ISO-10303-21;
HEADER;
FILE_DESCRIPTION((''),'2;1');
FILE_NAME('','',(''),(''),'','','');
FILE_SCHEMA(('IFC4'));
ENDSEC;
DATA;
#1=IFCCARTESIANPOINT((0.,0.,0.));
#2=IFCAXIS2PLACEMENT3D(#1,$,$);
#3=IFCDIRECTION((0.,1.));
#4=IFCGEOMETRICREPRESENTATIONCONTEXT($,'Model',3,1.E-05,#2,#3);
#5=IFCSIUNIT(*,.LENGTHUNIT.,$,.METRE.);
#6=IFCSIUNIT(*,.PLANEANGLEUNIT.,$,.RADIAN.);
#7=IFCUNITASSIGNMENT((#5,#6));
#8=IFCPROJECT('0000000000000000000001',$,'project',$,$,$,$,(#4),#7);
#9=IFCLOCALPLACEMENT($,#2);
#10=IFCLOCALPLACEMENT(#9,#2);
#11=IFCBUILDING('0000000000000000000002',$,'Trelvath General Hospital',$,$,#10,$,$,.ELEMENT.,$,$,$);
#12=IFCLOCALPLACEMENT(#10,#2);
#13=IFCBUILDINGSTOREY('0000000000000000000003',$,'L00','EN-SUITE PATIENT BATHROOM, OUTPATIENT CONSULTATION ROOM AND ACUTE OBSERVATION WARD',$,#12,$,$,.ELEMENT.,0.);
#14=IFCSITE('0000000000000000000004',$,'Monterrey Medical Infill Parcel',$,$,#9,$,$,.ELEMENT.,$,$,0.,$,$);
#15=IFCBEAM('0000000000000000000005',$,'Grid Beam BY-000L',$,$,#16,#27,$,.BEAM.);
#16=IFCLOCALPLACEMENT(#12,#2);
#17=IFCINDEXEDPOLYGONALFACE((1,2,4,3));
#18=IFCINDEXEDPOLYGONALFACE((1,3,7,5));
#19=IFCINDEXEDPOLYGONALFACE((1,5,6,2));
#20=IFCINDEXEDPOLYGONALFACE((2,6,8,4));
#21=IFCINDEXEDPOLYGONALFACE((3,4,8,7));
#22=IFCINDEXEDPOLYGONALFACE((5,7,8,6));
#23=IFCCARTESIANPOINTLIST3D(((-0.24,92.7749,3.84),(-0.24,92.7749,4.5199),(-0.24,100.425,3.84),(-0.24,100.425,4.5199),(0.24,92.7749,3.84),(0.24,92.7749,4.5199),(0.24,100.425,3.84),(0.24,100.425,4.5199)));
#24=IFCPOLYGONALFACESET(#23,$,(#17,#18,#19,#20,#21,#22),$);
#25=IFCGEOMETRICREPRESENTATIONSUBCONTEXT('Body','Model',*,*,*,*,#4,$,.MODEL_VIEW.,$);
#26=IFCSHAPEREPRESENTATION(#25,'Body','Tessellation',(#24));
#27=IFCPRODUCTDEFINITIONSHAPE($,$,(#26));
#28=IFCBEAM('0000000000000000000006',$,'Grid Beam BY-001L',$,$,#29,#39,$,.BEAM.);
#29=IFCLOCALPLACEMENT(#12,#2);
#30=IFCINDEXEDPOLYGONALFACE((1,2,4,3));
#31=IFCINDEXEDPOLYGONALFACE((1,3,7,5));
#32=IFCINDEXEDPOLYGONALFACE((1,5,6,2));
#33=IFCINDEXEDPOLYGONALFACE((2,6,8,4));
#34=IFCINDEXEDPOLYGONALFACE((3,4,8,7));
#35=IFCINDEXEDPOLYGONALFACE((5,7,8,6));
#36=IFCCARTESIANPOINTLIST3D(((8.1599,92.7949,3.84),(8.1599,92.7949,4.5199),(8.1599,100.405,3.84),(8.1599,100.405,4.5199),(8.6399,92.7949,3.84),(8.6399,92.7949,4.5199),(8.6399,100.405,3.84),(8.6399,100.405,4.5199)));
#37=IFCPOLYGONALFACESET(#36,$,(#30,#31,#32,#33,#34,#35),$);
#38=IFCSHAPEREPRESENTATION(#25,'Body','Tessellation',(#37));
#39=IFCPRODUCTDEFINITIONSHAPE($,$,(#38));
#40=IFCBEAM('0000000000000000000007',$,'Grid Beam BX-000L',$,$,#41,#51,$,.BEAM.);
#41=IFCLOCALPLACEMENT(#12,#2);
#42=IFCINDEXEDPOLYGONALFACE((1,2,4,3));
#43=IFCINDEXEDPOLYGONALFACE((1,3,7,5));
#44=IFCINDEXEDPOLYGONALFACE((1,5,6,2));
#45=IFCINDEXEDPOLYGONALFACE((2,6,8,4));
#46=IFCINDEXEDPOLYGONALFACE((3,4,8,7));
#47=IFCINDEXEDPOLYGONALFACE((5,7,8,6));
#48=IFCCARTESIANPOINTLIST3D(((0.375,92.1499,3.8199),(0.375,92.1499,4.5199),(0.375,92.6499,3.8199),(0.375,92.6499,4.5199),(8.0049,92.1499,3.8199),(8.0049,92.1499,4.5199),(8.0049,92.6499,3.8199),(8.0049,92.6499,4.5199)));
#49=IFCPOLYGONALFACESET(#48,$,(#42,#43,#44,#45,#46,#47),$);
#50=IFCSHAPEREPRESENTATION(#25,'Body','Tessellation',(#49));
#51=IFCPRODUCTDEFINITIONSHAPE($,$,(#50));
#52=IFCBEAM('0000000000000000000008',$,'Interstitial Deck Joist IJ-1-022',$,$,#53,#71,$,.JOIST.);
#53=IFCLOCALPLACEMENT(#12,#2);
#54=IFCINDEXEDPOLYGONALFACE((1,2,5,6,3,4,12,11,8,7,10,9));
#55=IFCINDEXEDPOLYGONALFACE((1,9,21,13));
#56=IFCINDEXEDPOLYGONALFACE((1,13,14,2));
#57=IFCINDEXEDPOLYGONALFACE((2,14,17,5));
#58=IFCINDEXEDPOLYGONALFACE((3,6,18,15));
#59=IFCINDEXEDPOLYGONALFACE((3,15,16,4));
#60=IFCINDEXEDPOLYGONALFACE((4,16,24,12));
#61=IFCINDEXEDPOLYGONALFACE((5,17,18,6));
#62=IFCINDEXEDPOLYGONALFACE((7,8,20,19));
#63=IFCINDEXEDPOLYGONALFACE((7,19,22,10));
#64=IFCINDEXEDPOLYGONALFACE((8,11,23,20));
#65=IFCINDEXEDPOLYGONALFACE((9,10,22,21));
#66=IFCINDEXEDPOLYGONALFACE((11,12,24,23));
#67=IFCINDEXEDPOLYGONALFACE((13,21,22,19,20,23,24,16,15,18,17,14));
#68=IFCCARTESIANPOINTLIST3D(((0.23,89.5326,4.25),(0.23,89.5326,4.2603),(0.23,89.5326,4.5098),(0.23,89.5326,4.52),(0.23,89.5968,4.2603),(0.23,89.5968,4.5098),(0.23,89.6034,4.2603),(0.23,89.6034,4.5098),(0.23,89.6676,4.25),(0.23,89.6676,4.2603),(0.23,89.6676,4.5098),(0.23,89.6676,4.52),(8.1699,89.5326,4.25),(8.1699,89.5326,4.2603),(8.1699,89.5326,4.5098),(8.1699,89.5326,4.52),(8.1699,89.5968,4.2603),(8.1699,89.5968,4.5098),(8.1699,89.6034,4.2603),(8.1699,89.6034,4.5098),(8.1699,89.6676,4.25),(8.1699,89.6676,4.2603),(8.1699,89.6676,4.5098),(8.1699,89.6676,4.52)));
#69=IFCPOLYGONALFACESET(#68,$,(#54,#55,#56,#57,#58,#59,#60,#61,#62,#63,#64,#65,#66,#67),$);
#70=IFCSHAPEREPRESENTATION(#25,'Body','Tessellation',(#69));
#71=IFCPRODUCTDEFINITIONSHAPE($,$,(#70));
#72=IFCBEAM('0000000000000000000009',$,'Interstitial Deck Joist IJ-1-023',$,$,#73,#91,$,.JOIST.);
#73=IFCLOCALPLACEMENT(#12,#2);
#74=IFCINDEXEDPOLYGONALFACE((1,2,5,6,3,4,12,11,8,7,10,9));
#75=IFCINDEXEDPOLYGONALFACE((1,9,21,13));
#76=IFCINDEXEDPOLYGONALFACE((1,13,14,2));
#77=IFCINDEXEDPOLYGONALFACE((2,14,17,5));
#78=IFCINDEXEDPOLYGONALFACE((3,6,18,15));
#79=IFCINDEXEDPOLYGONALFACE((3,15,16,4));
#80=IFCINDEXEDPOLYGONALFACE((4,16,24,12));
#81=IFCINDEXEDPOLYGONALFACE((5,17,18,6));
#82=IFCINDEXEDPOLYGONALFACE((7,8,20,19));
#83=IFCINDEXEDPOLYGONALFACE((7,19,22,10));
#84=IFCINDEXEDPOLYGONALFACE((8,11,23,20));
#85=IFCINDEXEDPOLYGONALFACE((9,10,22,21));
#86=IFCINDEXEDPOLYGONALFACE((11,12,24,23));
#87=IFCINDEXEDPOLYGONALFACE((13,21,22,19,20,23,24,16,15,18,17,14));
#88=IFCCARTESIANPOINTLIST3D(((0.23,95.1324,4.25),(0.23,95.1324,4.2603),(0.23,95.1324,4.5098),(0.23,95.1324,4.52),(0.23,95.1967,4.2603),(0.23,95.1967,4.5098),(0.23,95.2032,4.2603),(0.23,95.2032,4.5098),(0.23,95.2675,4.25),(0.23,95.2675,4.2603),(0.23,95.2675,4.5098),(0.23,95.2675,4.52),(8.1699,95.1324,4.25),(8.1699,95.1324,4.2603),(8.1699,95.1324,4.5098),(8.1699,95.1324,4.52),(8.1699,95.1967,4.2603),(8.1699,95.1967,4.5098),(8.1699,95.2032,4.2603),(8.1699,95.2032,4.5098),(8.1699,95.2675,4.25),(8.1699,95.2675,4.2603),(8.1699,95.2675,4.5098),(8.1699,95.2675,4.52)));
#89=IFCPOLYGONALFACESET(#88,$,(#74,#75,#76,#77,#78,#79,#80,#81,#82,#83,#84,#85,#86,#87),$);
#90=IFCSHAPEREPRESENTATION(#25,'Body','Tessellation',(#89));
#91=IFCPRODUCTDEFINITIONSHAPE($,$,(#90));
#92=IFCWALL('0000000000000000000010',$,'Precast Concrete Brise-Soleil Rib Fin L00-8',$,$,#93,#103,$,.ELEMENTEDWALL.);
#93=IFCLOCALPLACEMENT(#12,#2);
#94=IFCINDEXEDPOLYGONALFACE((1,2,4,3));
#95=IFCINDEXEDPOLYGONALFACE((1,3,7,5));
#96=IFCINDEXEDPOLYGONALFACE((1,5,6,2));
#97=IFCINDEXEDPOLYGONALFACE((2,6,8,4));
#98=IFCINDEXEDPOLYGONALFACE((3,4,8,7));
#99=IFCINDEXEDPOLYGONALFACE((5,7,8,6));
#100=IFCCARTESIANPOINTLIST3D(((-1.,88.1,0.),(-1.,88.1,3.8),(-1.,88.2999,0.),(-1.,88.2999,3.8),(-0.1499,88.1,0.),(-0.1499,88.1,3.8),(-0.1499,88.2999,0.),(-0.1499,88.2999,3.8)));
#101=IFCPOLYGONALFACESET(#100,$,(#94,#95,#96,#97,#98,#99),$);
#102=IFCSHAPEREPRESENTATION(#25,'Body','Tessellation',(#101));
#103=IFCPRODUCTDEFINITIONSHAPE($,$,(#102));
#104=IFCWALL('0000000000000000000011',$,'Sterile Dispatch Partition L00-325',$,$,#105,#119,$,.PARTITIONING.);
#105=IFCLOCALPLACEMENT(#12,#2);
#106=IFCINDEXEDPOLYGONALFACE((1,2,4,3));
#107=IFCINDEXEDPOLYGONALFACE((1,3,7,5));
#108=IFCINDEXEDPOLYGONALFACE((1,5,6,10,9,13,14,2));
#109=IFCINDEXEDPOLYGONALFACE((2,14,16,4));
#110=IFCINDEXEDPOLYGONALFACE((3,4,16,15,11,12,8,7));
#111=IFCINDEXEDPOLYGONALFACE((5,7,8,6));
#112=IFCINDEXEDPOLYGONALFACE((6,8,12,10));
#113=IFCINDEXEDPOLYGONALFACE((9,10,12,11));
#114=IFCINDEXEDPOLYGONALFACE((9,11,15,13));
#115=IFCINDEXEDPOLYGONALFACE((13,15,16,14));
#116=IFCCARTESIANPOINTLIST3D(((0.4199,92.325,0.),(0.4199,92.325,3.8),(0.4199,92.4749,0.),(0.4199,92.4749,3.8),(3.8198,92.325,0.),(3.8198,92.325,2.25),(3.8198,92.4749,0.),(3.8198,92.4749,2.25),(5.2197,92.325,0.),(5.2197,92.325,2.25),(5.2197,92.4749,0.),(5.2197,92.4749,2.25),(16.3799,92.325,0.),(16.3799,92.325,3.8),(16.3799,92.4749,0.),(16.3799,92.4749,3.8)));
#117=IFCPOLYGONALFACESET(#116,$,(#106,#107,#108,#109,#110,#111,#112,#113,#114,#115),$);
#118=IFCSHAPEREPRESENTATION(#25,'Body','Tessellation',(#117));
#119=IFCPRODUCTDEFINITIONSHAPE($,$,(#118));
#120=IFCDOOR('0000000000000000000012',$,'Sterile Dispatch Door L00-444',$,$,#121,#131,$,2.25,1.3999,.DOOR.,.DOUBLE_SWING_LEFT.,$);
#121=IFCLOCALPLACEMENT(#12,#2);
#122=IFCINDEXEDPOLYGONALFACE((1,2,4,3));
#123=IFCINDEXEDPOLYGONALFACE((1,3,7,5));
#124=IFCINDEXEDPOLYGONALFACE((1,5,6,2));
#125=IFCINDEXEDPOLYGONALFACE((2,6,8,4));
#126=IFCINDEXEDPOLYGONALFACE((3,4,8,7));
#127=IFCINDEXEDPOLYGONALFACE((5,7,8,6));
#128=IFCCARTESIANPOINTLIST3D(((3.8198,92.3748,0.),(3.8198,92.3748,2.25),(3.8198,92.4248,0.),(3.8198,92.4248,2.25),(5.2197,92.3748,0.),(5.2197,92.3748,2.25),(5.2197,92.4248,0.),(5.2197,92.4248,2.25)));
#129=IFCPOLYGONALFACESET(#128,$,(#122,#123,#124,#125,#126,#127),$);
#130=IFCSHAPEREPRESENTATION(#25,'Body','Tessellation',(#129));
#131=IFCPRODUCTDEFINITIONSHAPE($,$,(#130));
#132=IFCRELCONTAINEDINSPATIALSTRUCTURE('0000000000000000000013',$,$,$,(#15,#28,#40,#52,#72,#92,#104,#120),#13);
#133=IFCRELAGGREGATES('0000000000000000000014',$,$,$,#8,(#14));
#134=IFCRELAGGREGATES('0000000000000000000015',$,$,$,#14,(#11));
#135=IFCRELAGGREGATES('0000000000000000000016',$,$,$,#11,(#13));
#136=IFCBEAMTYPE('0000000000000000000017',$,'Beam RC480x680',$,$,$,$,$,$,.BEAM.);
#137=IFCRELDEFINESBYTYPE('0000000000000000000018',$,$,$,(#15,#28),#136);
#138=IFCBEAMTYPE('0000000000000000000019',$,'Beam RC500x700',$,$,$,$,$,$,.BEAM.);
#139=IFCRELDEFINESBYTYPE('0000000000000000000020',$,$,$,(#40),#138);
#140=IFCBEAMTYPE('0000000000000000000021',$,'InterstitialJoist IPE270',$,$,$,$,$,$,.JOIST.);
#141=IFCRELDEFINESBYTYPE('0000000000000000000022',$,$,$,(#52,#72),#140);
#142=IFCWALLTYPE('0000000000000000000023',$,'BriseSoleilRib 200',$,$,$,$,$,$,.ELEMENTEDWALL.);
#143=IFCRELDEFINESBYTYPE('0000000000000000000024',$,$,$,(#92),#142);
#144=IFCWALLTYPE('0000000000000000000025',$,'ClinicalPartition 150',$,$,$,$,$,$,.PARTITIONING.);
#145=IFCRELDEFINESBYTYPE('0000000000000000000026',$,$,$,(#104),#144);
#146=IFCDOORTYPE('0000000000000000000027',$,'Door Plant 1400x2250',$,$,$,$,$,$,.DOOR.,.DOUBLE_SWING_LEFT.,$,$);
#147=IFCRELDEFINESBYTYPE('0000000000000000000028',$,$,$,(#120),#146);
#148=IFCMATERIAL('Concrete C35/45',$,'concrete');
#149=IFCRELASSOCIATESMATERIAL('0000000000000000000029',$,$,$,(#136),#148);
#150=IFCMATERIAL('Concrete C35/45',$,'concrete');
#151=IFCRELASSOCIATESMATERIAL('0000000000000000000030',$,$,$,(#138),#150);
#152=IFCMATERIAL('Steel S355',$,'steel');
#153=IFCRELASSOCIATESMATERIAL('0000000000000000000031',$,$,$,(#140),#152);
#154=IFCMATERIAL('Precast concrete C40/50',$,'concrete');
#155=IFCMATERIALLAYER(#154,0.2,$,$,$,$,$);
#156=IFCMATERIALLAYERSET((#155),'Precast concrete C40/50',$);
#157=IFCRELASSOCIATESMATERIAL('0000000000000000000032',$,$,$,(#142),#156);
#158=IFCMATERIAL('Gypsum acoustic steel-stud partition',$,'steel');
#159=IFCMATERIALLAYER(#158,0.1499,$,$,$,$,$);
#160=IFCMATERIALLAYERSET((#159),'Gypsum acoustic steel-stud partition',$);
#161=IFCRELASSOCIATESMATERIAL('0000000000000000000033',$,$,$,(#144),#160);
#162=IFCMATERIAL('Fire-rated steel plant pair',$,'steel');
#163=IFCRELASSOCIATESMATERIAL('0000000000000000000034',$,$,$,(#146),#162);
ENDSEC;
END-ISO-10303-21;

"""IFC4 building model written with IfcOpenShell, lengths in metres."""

from ifc_helpers import new_model, si_unit, direction, frame, frame_2d, origin, origin_2d, place, context, subcontext, project, spatial, rectangle, i_section, extrude, material, layer, layer_set, material_profile, profile_set, type_object, element, fill, save


model = new_model("IFC4")

# Units and contexts
model_context = context("Model", 3, precision=1e-05, world=origin(), true_north=direction((0.0, 1.0)))
body_context = subcontext(model_context, "Body", "Model", "MODEL_VIEW")
ifc_project = project(units=[si_unit("LENGTHUNIT", "METRE"), si_unit("PLANEANGLEUNIT", "RADIAN")], contexts=[model_context])

# Site, building, storey
site_placement = place(None, origin())
site = spatial("IfcSite", under=ifc_project, at=site_placement, Name="Monterrey Medical Infill Parcel", CompositionType="ELEMENT", RefElevation=0.0)
building_placement = place(site_placement, origin())
building = spatial("IfcBuilding", under=site, at=building_placement, Name="Trelvath General Hospital", CompositionType="ELEMENT")
storey_placement = place(building_placement, origin())
storey = spatial("IfcBuildingStorey", under=building, at=storey_placement, Name="L00", Description="EN-SUITE PATIENT BATHROOM, OUTPATIENT CONSULTATION ROOM AND ACUTE OBSERVATION WARD", CompositionType="ELEMENT", Elevation=0.0)

# Beams
ifc_material_1 = material(Name="Concrete C35/45", Category="concrete")
ifc_material_profile_1 = material_profile(ifc_material_1, rectangle(XDim=0.48, YDim=0.6799, at=origin_2d()), Name="RCB480x680")
ifc_profile_set_1 = profile_set([ifc_material_profile_1], Name="Concrete C35/45")
beam_type_1 = type_object("IfcBeamType", Name="Beam RC480x680", PredefinedType="BEAM", material=ifc_profile_set_1)
beam_1_placement = place(storey_placement, frame((0.0, 92.7749, 4.1799), z_axis=(0.0, 1.0, 0.0), x_axis=(-1.0, 0.0, 0.0)))
element("IfcBeam", 1, at=beam_1_placement, inside=storey, type_object=beam_type_1, Name="Grid Beam BY-000L", PredefinedType="BEAM", context=body_context, shape_type="SweptSolid", body=[
    extrude(rectangle(XDim=0.48, YDim=0.6799, at=origin_2d()), origin(), (0.0, 0.0, 1.0), 7.6501),
])
beam_2_placement = place(storey_placement, frame((8.3999, 92.7949, 4.1799), z_axis=(0.0, 1.0, 0.0), x_axis=(-1.0, 0.0, 0.0)))
element("IfcBeam", 2, at=beam_2_placement, inside=storey, type_object=beam_type_1, Name="Grid Beam BY-001L", PredefinedType="BEAM", context=body_context, shape_type="SweptSolid", body=[
    extrude(rectangle(XDim=0.48, YDim=0.6799, at=origin_2d()), origin(), (0.0, 0.0, 1.0), 7.6101),
])
ifc_material_2 = material(Name="Concrete C35/45", Category="concrete")
ifc_material_profile_2 = material_profile(ifc_material_2, rectangle(XDim=0.5, YDim=0.7, at=origin_2d()), Name="RCB500x700")
ifc_profile_set_2 = profile_set([ifc_material_profile_2], Name="Concrete C35/45")
beam_type_2 = type_object("IfcBeamType", Name="Beam RC500x700", PredefinedType="BEAM", material=ifc_profile_set_2)
beam_3_placement = place(storey_placement, frame((0.375, 92.3999, 4.1699), z_axis=(1.0, 0.0, 0.0), x_axis=(0.0, 1.0, 0.0)))
element("IfcBeam", 3, at=beam_3_placement, inside=storey, type_object=beam_type_2, Name="Grid Beam BX-000L", PredefinedType="BEAM", context=body_context, shape_type="SweptSolid", body=[
    extrude(rectangle(XDim=0.5, YDim=0.7, at=origin_2d()), origin(), (0.0, 0.0, 1.0), 7.6299),
])
ifc_material_3 = material(Name="Steel S355", Category="steel")
ifc_material_profile_3 = material_profile(ifc_material_3, i_section(OverallWidth=0.135, OverallDepth=0.27, WebThickness=0.0066, FlangeThickness=0.0103, at=origin_2d()), Name="IPE270")
ifc_profile_set_3 = profile_set([ifc_material_profile_3], Name="Steel S355")
beam_type_3 = type_object("IfcBeamType", Name="InterstitialJoist IPE270", PredefinedType="JOIST", material=ifc_profile_set_3)
for number, where, z_axis, x_axis, name in (
    (4, (0.23, 89.6001, 4.385), (1.0, 0.0, 0.0), (0.0, 1.0, 0.0), "Interstitial Deck Joist IJ-1-022"),
    (5, (0.23, 95.2, 4.385), (1.0, 0.0, 0.0), (0.0, 1.0, 0.0), "Interstitial Deck Joist IJ-1-023"),
):
    element("IfcBeam", number, at=place(storey_placement, frame(where, z_axis=z_axis, x_axis=x_axis)), inside=storey, type_object=beam_type_3, Name=name, PredefinedType="JOIST", context=body_context, shape_type="SweptSolid", body=[
        extrude(i_section(OverallWidth=0.135, OverallDepth=0.27, WebThickness=0.0066, FlangeThickness=0.0103, at=origin_2d()), origin(), (0.0, 0.0, 1.0), 7.9399),
    ])

# Wall
ifc_material_4 = material(Name="Precast concrete C40/50", Category="concrete")
ifc_layer_1 = layer(ifc_material_4, 0.2)
ifc_layer_set_1 = layer_set([ifc_layer_1], Name="Precast concrete C40/50")
wall_type_1 = type_object("IfcWallType", Name="BriseSoleilRib 200", PredefinedType="ELEMENTEDWALL", material=ifc_layer_set_1)
wall_1_placement = place(storey_placement, frame((-0.1499, 88.2, 0.0), z_axis=(0.0, 0.0, 1.0), x_axis=(-1.0, 0.0, 0.0)))
element("IfcWall", 6, at=wall_1_placement, inside=storey, type_object=wall_type_1, Name="Precast Concrete Brise-Soleil Rib Fin L00-8", PredefinedType="ELEMENTEDWALL", context=body_context, shape_type="SweptSolid", body=[
    extrude(rectangle(XDim=0.8501, YDim=0.2, at=frame_2d((0.425, 0.0))), origin(), (0.0, 0.0, 1.0), 3.8),
])

# Wall, opening, door
ifc_material_5 = material(Name="Gypsum acoustic steel-stud partition", Category="steel")
ifc_layer_2 = layer(ifc_material_5, 0.1499)
ifc_layer_set_2 = layer_set([ifc_layer_2], Name="Gypsum acoustic steel-stud partition")
wall_type_2 = type_object("IfcWallType", Name="ClinicalPartition 150", PredefinedType="PARTITIONING", material=ifc_layer_set_2)
wall_2_placement = place(storey_placement, frame((0.4199, 92.3999, 0.0), z_axis=(0.0, 0.0, 1.0), x_axis=(1.0, 0.0, 0.0)))
wall_2 = element("IfcWall", 7, at=wall_2_placement, inside=storey, type_object=wall_type_2, Name="Sterile Dispatch Partition L00-325", PredefinedType="PARTITIONING", context=body_context, shape_type="SweptSolid", body=[
    extrude(rectangle(XDim=15.96, YDim=0.1499, at=frame_2d((7.98, 0.0))), origin(), (0.0, 0.0, 1.0), 3.8),
])
opening_1_placement = place(wall_2_placement, frame((3.3999, 0.0, 0.0)))
opening_1 = element("IfcOpeningElement", 8, at=opening_1_placement, cuts=wall_2, PredefinedType="OPENING", context=body_context, shape_type="SweptSolid", body=[
    extrude(rectangle(XDim=1.3999, YDim=2.25, at=frame_2d((0.7, 1.125))), frame((0.0, 0.085, 0.0), z_axis=(0.0, -1.0, 0.0), x_axis=(1.0, 0.0, 0.0)), (0.0, 0.0, 1.0), 0.1699),
])
ifc_material_6 = material(Name="Fire-rated steel plant pair", Category="steel")
door_type = type_object("IfcDoorType", Name="Door Plant 1400x2250", OperationType="DOUBLE_SWING_LEFT", PredefinedType="DOOR", material=ifc_material_6)
door_placement = place(opening_1_placement, origin())
door = element("IfcDoor", 9, at=door_placement, inside=storey, type_object=door_type, Name="Sterile Dispatch Door L00-444", OperationType="DOUBLE_SWING_LEFT", OverallHeight=2.25, OverallWidth=1.3999, PredefinedType="DOOR", context=body_context, shape_type="SweptSolid", body=[
    extrude(rectangle(XDim=1.3999, YDim=2.25, at=frame_2d((0.7, 1.125))), frame((0.0, 0.0249, 0.0), z_axis=(0.0, -1.0, 0.0), x_axis=(1.0, 0.0, 0.0)), (0.0, 0.0, 1.0), 0.05),
])
fill(opening_1, door)

save(model, "model.ifc")
